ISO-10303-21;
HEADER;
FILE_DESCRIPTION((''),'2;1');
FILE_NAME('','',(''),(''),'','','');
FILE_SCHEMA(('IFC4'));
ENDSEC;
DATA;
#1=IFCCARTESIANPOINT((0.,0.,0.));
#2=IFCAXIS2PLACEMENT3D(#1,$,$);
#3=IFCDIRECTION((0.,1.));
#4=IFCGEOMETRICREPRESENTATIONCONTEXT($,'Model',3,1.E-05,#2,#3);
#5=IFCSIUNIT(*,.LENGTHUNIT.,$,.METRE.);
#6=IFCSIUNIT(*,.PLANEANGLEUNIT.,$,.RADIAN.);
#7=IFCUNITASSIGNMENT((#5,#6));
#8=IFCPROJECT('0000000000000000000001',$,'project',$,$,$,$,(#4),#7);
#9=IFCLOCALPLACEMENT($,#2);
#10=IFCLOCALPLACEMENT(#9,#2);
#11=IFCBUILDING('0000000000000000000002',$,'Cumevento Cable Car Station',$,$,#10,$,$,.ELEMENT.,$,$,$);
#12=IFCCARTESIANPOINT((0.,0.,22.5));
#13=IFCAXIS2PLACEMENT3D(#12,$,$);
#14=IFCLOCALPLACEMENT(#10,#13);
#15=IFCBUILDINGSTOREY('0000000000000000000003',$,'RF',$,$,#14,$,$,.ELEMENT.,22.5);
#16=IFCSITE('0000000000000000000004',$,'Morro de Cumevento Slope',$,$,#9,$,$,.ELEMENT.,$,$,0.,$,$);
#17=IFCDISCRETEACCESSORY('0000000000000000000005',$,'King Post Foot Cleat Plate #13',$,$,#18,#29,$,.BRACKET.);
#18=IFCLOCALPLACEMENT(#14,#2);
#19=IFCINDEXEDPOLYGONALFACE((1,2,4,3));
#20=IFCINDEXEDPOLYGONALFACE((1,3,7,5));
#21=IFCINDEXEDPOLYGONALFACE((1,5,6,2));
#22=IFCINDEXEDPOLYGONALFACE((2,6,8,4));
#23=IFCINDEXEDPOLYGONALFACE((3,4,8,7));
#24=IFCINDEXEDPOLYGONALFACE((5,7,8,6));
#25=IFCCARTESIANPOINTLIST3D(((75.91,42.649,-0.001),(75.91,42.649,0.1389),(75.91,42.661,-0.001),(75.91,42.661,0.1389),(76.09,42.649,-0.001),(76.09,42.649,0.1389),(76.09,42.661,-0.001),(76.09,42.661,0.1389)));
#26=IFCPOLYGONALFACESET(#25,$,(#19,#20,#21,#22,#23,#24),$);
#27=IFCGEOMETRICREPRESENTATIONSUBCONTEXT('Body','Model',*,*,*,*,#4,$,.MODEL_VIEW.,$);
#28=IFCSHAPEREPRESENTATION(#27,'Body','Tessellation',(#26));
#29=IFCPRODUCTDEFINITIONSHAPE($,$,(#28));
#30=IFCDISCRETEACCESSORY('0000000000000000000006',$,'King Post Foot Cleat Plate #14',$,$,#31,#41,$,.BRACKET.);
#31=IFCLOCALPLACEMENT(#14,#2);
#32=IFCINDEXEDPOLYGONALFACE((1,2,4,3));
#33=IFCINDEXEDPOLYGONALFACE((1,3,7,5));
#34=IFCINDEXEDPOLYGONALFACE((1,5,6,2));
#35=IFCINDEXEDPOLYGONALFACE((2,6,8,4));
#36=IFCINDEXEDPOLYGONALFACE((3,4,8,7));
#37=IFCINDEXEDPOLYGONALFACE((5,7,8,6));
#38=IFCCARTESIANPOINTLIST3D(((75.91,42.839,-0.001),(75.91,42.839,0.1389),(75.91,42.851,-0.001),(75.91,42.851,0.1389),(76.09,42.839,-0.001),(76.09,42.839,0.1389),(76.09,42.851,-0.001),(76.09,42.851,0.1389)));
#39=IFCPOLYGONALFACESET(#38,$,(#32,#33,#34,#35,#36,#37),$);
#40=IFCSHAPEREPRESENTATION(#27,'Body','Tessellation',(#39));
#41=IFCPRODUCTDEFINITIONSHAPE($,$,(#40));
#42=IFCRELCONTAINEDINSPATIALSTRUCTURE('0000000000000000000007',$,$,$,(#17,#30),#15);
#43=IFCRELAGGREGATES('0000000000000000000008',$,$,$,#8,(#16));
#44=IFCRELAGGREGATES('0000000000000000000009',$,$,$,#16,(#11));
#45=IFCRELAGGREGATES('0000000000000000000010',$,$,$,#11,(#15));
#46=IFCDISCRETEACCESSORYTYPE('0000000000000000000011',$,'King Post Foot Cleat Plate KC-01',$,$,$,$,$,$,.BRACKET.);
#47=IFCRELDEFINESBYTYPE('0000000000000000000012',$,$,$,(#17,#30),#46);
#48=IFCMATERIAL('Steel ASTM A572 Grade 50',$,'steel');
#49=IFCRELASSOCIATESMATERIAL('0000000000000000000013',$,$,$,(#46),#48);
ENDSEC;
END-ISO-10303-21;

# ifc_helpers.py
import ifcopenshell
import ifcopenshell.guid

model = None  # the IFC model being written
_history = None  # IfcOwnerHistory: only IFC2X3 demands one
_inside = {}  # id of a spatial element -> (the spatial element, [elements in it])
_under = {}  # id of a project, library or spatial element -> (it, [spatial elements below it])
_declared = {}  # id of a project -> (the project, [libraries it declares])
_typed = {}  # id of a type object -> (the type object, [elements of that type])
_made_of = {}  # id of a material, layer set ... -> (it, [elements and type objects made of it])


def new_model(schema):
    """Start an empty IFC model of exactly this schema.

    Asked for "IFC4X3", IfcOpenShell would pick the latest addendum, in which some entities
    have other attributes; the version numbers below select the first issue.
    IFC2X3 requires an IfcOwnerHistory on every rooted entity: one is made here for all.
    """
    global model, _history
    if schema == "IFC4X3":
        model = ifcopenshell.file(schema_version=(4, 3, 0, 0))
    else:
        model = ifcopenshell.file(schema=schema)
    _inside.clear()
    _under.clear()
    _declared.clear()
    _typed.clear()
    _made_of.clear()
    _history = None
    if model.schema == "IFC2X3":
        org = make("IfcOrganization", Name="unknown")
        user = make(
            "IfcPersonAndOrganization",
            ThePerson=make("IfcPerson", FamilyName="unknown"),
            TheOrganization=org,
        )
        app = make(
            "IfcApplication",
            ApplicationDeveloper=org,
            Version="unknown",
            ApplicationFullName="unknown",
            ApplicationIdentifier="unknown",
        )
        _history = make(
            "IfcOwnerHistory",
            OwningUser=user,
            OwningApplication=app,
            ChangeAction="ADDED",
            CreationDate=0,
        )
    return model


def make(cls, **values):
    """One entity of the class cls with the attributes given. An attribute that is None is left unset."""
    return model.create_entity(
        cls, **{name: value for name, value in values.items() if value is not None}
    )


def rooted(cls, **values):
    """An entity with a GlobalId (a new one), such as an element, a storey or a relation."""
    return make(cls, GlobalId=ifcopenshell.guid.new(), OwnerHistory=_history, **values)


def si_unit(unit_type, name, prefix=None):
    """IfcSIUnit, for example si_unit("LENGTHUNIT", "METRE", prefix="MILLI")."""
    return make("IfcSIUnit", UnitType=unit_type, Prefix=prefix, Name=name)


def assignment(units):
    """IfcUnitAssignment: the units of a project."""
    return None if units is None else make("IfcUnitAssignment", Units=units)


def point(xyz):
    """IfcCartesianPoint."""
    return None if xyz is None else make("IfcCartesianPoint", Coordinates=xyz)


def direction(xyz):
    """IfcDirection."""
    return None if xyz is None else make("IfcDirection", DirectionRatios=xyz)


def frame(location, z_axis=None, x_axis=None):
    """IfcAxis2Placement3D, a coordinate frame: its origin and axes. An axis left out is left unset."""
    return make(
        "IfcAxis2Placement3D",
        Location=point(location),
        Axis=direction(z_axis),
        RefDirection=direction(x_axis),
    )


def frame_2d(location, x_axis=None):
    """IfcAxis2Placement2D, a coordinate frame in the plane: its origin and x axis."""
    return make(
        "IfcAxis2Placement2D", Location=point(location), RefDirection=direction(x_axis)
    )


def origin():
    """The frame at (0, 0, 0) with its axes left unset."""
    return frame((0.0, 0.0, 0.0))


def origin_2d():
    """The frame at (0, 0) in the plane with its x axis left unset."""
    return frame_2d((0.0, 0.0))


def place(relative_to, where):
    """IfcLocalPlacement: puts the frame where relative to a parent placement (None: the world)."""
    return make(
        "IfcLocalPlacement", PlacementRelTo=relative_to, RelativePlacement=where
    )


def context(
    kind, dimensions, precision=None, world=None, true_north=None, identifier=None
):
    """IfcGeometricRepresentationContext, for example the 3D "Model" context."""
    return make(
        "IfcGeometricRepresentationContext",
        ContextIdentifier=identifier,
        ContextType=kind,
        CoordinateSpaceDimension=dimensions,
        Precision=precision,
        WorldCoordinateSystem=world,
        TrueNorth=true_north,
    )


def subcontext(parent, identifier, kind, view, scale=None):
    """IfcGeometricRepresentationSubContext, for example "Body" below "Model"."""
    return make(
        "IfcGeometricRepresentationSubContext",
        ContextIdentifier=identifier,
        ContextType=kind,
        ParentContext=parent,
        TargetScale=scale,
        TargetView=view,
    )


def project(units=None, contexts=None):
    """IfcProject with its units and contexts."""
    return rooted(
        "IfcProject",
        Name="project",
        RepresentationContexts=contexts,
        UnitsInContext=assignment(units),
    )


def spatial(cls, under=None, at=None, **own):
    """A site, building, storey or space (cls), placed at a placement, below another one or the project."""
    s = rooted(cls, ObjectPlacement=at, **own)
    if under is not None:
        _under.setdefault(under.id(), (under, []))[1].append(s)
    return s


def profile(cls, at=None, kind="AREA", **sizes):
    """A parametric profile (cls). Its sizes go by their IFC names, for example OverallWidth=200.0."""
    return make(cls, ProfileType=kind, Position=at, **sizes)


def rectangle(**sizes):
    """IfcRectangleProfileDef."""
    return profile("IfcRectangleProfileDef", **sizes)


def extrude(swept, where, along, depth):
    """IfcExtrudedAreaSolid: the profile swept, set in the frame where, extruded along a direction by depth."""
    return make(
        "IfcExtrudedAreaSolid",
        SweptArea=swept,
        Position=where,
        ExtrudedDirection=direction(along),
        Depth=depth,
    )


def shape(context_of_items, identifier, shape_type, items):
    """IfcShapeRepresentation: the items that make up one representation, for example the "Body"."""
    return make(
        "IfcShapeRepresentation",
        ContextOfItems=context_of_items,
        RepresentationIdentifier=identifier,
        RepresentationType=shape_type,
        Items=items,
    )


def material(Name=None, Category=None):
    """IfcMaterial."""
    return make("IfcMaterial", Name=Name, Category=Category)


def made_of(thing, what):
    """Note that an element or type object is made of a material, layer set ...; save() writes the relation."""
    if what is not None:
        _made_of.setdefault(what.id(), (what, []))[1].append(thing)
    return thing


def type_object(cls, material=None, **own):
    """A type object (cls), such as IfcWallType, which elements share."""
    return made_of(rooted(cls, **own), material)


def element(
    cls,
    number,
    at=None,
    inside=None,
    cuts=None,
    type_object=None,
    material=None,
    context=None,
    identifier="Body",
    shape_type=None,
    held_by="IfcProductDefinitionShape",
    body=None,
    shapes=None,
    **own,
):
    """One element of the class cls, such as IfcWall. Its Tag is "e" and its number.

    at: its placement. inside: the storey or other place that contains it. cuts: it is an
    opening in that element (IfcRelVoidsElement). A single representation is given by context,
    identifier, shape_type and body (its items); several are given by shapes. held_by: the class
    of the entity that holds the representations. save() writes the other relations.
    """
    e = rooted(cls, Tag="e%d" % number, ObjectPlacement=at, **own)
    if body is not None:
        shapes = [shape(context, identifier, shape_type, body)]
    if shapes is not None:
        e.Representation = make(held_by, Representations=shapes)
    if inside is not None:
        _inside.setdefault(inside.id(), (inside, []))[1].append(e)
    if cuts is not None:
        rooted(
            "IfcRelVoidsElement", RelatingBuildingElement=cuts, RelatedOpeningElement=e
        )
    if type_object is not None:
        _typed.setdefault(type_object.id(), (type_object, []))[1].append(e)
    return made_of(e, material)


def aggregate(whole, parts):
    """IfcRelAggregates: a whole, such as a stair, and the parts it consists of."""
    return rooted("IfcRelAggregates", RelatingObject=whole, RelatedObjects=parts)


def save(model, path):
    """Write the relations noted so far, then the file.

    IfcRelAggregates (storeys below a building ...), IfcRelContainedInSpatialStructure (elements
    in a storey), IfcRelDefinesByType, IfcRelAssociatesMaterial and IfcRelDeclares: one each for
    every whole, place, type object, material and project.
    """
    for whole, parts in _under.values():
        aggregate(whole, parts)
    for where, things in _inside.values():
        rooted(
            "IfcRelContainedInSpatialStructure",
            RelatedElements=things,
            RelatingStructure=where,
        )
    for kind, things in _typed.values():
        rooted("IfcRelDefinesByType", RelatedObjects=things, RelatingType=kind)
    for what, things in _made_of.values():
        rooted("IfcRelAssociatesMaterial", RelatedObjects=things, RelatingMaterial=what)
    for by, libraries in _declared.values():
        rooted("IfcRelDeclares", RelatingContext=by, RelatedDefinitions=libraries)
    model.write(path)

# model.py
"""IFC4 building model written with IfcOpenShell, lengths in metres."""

from ifc_helpers import new_model, si_unit, direction, frame, origin, origin_2d, place, context, subcontext, project, spatial, rectangle, extrude, material, type_object, element, save


model = new_model("IFC4")

# Units and contexts
model_context = context("Model", 3, precision=1e-05, world=origin(), true_north=direction((0.0, 1.0)))
body_context = subcontext(model_context, "Body", "Model", "MODEL_VIEW")
ifc_project = project(units=[si_unit("LENGTHUNIT", "METRE"), si_unit("PLANEANGLEUNIT", "RADIAN")], contexts=[model_context])

# Site, building, storey
site_placement = place(None, origin())
site = spatial("IfcSite", under=ifc_project, at=site_placement, Name="Morro de Cumevento Slope", CompositionType="ELEMENT", RefElevation=0.0)
building_placement = place(site_placement, origin())
building = spatial("IfcBuilding", under=site, at=building_placement, Name="Cumevento Cable Car Station", CompositionType="ELEMENT")
storey_placement = place(building_placement, frame((0.0, 0.0, 22.5)))
storey = spatial("IfcBuildingStorey", under=building, at=storey_placement, Name="RF", CompositionType="ELEMENT", Elevation=22.5)

# Discrete accessories
ifc_material_1 = material(Name="Steel ASTM A572 Grade 50", Category="steel")
discrete_accessory_type = type_object("IfcDiscreteAccessoryType", Name="King Post Foot Cleat Plate KC-01", PredefinedType="BRACKET", material=ifc_material_1)
for number, where, z_axis, x_axis, name in (
    (1, (76.0, 42.655, -0.001), (0.0, 0.0, 1.0), (0.0, 1.0, 0.0), "King Post Foot Cleat Plate #13"),
    (2, (76.0, 42.845, -0.001), (0.0, 0.0, 1.0), (0.0, 1.0, 0.0), "King Post Foot Cleat Plate #14"),
):
    element("IfcDiscreteAccessory", number, at=place(storey_placement, frame(where, z_axis=z_axis, x_axis=x_axis)), inside=storey, type_object=discrete_accessory_type, Name=name, PredefinedType="BRACKET", context=body_context, shape_type="SweptSolid", body=[
        extrude(rectangle(XDim=0.012, YDim=0.1799, at=origin_2d()), origin(), (0.0, 0.0, 1.0), 0.1399),
    ])

save(model, "model.ifc")
